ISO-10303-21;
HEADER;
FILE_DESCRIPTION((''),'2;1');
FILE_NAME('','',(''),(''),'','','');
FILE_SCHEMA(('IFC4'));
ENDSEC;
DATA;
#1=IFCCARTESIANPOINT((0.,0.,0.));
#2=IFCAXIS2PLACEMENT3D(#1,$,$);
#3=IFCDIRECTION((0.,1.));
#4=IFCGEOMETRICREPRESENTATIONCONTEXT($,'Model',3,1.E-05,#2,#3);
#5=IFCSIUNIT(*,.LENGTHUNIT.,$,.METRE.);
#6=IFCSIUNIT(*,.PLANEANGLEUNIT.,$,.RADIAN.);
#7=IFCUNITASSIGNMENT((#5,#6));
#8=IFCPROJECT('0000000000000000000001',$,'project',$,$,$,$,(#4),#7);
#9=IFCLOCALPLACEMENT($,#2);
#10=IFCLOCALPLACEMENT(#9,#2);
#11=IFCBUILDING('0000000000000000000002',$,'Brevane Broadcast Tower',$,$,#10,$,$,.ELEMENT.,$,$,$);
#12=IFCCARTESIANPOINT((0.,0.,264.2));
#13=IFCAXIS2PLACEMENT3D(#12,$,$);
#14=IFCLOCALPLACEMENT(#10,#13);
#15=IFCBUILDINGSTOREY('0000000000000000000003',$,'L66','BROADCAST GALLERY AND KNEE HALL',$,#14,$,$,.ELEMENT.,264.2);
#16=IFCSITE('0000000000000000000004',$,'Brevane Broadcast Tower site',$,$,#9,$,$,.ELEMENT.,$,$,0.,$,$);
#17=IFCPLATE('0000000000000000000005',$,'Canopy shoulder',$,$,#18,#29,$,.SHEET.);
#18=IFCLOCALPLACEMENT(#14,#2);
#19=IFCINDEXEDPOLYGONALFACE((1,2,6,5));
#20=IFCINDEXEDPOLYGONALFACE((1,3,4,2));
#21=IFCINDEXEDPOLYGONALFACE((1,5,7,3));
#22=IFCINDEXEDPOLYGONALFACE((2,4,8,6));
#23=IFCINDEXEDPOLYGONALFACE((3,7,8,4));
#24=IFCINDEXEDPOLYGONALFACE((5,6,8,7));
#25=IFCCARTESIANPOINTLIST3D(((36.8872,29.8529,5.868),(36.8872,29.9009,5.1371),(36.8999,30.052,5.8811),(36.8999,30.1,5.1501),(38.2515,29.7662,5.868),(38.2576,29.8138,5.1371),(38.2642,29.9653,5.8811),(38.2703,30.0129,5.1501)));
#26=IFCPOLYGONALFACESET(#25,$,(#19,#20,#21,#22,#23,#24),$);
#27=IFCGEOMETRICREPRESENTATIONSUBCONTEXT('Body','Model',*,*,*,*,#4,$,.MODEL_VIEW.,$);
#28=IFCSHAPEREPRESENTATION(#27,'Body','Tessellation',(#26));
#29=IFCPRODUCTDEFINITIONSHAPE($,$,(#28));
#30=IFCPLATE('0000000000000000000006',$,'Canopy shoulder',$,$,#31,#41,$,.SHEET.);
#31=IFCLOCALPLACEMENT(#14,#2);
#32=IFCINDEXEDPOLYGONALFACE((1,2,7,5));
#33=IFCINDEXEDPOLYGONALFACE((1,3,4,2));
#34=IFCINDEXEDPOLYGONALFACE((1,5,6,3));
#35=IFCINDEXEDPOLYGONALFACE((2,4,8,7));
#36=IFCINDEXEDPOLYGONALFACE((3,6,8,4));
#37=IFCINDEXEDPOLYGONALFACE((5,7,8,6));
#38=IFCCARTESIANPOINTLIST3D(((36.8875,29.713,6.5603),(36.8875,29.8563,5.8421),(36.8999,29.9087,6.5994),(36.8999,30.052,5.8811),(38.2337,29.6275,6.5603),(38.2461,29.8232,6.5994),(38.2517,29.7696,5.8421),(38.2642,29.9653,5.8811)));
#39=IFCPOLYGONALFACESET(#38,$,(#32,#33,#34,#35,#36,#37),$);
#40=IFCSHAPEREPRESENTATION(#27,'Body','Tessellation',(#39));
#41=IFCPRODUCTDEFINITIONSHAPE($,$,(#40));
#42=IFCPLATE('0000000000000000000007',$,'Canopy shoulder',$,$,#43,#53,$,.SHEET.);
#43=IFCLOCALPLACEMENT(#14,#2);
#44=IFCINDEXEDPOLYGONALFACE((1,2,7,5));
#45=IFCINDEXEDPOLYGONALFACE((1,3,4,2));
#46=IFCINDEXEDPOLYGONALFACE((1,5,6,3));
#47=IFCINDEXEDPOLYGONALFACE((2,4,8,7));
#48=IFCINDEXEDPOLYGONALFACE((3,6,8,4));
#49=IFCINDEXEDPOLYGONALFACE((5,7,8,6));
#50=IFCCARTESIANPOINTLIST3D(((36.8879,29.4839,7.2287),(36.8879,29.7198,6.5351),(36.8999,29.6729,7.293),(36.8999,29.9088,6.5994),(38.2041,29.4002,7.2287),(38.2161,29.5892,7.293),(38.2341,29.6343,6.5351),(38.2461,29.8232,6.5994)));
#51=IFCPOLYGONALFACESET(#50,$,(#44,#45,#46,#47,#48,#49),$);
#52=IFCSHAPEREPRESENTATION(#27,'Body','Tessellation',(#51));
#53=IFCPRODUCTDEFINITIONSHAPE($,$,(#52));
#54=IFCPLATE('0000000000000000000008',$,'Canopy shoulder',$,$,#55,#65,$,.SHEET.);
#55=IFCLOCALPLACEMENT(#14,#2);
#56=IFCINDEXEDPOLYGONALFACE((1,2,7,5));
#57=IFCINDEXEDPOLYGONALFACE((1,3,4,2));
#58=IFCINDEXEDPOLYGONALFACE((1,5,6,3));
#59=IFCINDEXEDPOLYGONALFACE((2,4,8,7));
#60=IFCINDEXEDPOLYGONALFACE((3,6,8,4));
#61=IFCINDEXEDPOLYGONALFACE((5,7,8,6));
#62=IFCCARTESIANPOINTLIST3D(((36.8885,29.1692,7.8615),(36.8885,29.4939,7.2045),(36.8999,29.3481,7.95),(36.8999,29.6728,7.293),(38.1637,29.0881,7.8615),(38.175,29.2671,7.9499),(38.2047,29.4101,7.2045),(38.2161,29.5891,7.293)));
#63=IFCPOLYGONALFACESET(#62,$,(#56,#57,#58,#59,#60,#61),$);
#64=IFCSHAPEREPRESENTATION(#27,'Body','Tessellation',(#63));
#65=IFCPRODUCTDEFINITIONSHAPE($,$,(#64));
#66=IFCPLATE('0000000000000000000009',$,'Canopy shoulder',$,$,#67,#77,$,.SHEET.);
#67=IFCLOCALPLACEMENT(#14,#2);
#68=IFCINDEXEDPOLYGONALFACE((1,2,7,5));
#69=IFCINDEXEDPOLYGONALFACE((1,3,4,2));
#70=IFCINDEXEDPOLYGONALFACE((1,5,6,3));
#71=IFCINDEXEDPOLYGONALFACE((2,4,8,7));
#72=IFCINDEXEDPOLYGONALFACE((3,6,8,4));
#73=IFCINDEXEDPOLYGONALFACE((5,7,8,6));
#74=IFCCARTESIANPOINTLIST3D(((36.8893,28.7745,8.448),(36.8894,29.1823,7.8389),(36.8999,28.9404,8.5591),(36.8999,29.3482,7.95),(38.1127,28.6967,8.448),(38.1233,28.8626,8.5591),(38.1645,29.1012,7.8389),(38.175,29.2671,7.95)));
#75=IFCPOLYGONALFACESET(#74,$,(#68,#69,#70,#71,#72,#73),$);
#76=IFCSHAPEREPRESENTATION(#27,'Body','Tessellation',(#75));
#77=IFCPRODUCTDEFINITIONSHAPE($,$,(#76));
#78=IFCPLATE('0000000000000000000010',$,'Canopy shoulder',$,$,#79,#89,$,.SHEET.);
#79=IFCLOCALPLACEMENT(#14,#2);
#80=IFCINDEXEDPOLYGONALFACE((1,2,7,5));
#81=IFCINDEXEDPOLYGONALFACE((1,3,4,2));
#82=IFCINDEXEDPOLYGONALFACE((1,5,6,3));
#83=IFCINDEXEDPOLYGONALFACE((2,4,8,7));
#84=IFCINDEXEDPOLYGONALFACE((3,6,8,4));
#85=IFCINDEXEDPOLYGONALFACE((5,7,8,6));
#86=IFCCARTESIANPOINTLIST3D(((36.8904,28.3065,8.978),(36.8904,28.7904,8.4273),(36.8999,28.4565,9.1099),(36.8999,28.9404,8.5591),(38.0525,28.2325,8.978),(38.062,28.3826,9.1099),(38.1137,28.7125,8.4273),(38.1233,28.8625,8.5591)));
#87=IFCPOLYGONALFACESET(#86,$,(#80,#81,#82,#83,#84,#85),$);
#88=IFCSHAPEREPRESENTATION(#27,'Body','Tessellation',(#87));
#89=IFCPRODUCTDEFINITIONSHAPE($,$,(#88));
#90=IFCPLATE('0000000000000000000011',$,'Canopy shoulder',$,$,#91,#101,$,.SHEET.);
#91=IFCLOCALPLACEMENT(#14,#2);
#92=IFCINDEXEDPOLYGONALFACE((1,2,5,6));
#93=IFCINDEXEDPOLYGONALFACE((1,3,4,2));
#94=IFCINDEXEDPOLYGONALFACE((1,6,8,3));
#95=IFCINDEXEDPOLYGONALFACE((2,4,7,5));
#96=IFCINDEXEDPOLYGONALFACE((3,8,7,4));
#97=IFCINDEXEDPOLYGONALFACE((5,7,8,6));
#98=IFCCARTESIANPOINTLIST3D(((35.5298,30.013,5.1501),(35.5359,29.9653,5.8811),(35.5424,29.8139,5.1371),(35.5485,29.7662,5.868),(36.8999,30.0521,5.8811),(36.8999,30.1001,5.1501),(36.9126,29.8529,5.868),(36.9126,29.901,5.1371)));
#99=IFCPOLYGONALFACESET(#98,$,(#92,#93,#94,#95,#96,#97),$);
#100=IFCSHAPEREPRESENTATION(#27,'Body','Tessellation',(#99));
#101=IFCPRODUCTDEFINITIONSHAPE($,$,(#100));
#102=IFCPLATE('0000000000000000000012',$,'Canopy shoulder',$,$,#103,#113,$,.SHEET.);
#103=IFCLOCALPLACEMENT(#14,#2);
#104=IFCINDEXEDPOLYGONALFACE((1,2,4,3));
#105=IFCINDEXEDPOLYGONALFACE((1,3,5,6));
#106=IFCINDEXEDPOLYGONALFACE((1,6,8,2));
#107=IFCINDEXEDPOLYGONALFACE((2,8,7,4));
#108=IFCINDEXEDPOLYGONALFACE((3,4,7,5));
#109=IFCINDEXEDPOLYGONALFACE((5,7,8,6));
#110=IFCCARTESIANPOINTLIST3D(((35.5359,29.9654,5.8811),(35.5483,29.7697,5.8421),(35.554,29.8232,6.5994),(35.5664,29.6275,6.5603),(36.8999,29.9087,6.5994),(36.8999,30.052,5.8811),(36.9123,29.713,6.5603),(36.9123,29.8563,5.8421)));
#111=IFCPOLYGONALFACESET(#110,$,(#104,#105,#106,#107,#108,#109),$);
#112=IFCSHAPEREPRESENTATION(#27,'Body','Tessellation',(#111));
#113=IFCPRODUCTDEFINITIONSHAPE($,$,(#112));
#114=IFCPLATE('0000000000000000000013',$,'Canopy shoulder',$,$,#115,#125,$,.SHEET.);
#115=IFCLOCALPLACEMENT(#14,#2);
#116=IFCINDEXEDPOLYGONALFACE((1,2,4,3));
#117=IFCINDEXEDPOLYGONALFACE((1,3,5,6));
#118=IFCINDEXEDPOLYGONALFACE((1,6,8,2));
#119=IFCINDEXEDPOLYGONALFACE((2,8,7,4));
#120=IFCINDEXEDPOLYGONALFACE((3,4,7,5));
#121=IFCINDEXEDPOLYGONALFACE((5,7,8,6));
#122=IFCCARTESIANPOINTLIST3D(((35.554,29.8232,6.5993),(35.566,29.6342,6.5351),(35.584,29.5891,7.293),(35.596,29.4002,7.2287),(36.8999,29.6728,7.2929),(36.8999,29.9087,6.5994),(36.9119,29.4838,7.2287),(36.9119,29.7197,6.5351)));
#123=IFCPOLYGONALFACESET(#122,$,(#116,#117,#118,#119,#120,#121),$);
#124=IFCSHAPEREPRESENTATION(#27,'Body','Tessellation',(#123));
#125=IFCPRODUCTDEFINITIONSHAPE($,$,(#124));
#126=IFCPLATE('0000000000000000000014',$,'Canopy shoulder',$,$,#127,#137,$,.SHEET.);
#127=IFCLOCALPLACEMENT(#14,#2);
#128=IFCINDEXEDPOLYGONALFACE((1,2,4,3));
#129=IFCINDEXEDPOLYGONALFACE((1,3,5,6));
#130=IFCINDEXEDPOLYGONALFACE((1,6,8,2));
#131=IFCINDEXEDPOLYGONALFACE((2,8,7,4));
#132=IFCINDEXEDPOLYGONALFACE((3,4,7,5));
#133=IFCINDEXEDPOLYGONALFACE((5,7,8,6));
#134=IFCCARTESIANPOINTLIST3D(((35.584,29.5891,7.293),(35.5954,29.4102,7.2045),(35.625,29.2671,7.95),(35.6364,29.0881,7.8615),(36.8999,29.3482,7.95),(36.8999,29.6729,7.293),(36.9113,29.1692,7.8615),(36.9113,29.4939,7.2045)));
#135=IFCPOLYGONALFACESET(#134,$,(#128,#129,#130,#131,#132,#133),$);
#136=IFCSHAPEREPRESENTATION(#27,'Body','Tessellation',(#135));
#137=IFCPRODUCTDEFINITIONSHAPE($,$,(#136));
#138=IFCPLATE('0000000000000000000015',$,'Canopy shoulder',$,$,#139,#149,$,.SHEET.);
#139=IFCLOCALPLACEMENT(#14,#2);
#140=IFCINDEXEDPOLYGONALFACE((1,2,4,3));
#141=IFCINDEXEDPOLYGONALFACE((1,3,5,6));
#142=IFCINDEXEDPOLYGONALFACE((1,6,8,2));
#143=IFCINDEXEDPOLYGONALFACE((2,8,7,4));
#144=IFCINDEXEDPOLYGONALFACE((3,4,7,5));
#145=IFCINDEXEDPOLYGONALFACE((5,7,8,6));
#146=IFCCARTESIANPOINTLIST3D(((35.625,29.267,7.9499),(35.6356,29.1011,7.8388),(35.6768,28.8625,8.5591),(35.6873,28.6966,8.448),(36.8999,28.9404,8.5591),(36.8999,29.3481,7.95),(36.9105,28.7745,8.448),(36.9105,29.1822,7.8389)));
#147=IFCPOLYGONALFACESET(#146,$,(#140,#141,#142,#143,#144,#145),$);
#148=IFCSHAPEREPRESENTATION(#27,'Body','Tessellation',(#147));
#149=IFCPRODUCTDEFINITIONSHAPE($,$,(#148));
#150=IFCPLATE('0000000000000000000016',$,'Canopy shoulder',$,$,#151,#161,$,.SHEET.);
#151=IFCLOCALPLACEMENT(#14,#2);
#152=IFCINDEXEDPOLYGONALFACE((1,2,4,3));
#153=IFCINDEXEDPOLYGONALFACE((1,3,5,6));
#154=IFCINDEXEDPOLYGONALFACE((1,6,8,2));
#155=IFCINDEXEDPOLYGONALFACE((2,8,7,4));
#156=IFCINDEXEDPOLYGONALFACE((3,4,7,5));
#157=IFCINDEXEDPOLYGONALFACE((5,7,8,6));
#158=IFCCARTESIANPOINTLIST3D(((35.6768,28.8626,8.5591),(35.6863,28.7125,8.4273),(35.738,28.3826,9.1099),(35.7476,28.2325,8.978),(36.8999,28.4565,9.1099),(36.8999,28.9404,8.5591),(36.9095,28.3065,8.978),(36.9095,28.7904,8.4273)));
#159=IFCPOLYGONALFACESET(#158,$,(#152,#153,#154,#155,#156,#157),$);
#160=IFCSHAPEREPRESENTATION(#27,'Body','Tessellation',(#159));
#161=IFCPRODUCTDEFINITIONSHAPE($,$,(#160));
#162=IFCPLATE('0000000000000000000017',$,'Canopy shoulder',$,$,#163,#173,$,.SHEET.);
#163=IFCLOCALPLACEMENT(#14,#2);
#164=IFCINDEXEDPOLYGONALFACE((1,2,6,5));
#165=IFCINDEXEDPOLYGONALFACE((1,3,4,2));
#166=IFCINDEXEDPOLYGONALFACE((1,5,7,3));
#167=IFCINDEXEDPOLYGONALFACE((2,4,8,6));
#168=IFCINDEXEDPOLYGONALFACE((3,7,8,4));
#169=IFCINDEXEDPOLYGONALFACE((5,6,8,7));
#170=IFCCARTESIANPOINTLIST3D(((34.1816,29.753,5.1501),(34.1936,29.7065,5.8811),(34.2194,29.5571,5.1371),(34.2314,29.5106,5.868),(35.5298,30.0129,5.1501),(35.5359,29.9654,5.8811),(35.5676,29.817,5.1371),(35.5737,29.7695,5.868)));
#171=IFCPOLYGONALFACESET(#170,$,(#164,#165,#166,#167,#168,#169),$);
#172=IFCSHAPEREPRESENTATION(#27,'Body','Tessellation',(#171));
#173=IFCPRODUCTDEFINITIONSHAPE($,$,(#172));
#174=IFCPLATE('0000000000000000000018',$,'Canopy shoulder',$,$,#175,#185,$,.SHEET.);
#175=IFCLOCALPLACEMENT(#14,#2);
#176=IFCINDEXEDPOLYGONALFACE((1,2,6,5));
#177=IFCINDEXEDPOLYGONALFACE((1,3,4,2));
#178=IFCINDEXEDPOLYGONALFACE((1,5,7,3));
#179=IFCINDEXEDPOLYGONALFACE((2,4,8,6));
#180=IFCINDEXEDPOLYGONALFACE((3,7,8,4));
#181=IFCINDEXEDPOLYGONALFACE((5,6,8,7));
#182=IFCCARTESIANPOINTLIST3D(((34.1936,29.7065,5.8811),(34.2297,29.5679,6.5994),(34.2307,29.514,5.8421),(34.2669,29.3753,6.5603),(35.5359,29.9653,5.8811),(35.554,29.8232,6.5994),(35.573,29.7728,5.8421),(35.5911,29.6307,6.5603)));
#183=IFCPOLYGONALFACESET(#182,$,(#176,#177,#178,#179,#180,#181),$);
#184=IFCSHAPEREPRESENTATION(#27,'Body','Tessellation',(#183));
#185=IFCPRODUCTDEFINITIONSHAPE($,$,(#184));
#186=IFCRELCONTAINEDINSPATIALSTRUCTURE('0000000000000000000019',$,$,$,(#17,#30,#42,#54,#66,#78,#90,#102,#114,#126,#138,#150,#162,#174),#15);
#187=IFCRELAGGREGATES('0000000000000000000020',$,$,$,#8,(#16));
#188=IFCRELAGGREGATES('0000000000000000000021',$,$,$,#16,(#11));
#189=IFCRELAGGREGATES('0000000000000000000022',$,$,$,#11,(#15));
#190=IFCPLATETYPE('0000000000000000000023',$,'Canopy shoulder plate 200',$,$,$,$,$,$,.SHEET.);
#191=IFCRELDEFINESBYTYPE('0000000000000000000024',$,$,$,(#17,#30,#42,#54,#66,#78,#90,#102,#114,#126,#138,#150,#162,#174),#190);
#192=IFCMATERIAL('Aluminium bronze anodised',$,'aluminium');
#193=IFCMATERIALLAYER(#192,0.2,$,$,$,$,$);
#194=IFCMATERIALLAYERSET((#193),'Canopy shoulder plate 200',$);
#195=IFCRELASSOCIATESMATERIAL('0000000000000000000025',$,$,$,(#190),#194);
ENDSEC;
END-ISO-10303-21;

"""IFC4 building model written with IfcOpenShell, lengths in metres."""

from ifc_helpers import new_model, si_unit, direction, frame, origin, place, context, subcontext, project, spatial, polyline, outline, extrude, material, layer, layer_set, type_object, element, save


model = new_model("IFC4")

# Units and contexts
model_context = context("Model", 3, precision=1e-05, world=origin(), true_north=direction((0.0, 1.0)))
body_context = subcontext(model_context, "Body", "Model", "MODEL_VIEW")
ifc_project = project(units=[si_unit("LENGTHUNIT", "METRE"), si_unit("PLANEANGLEUNIT", "RADIAN")], contexts=[model_context])

# Site, building, storey
site_placement = place(None, origin())
site = spatial("IfcSite", under=ifc_project, at=site_placement, Name="Brevane Broadcast Tower site", CompositionType="ELEMENT", RefElevation=0.0)
building_placement = place(site_placement, origin())
building = spatial("IfcBuilding", under=site, at=building_placement, Name="Brevane Broadcast Tower", CompositionType="ELEMENT")
storey_placement = place(building_placement, frame((0.0, 0.0, 264.2)))
storey = spatial("IfcBuildingStorey", under=building, at=storey_placement, Name="L66", Description="BROADCAST GALLERY AND KNEE HALL", CompositionType="ELEMENT", Elevation=264.2)

# Plates
ifc_material_1 = material(Name="Aluminium bronze anodised", Category="aluminium")
ifc_layer_1 = layer(ifc_material_1, 0.2)
ifc_layer_set_1 = layer_set([ifc_layer_1], Name="Canopy shoulder plate 200")
plate_type = type_object("IfcPlateType", Name="Canopy shoulder plate 200", PredefinedType="SHEET", material=ifc_layer_set_1)
plate_1_placement = place(storey_placement, frame((38.2703, 30.0129, 5.1501), z_axis=(0.063302, 0.995846, 0.065457), x_axis=(-0.997986, 0.063438, -0.000002)))
element("IfcPlate", 1, at=plate_1_placement, inside=storey, type_object=plate_type, Name="Canopy shoulder", PredefinedType="SHEET", context=body_context, shape_type="SweptSolid", body=[
    extrude(outline(polyline([(0.0, 0.0), (1.3731, 0.0), (1.3701, 0.7325), (0.0031, 0.7325), (0.0, 0.0)])), origin(), (0.0, 0.0, -1.0), 0.2),
])
plate_2_placement = place(storey_placement, frame((38.2642, 29.9653, 5.8811), z_axis=(0.062155, 0.978784, 0.195241), x_axis=(-0.99799, 0.063375, -0.000005)))
element("IfcPlate", 2, at=plate_2_placement, inside=storey, type_object=plate_type, Name="Canopy shoulder", PredefinedType="SHEET", context=body_context, shape_type="SweptSolid", body=[
    extrude(outline(polyline([(0.0, 0.0), (1.367, 0.0), (1.3579, 0.7324), (0.009, 0.7323), (0.0, 0.0)])), origin(), (0.0, 0.0, -1.0), 0.2),
])
plate_3_placement = place(storey_placement, frame((38.2461, 29.8232, 6.5994), z_axis=(0.060055, 0.945016, 0.321461), x_axis=(-0.997987, 0.063413, 0.000022)))
element("IfcPlate", 3, at=plate_3_placement, inside=storey, type_object=plate_type, Name="Canopy shoulder", PredefinedType="SHEET", context=body_context, shape_type="SweptSolid", body=[
    extrude(outline(polyline([(0.0, 0.0), (1.3489, 0.0), (1.334, 0.7325), (0.0151, 0.7325), (0.0, 0.0)])), origin(), (0.0, 0.0, -1.0), 0.2),
])
plate_4_placement = place(storey_placement, frame((38.2161, 29.5891, 7.293), z_axis=(0.056921, 0.895051, 0.442317), x_axis=(-0.997984, 0.063473, -0.000012)))
element("IfcPlate", 4, at=plate_4_placement, inside=storey, type_object=plate_type, Name="Canopy shoulder", PredefinedType="SHEET", context=body_context, shape_type="SweptSolid", body=[
    extrude(outline(polyline([(0.0, 0.0), (1.3188, 0.0), (1.2982, 0.7326), (0.0205, 0.7325), (0.0, 0.0)])), origin(), (0.0, 0.0, -1.0), 0.2),
])
plate_5_placement = place(storey_placement, frame((38.175, 29.2671, 7.95), z_axis=(0.052787, 0.829828, 0.555517), x_axis=(-0.997984, 0.063469, 0.000021)))
element("IfcPlate", 5, at=plate_5_placement, inside=storey, type_object=plate_type, Name="Canopy shoulder", PredefinedType="SHEET", context=body_context, shape_type="SweptSolid", body=[
    extrude(outline(polyline([(0.0, 0.0), (1.2777, 0.0), (1.2519, 0.7325), (0.026, 0.7326), (0.0, 0.0)])), origin(), (0.0, 0.0, -1.0), 0.2),
])
plate_6_placement = place(storey_placement, frame((38.1233, 28.8625, 8.5591), z_axis=(0.047769, 0.750399, 0.659257), x_axis=(-0.99798, 0.06353, -0.000001)))
element("IfcPlate", 6, at=plate_6_placement, inside=storey, type_object=plate_type, Name="Canopy shoulder", PredefinedType="SHEET", context=body_context, shape_type="SweptSolid", body=[
    extrude(outline(polyline([(0.0, 0.0), (1.2259, 0.0), (1.1951, 0.7325), (0.0307, 0.7325), (0.0, 0.0)])), origin(), (0.0, 0.0, -1.0), 0.2),
])
plate_7_placement = place(storey_placement, frame((36.8999, 30.1001, 5.1501), z_axis=(-0.063313, 0.995845, 0.065457), x_axis=(-0.997985, -0.063449, 0.000002)))
element("IfcPlate", 7, at=plate_7_placement, inside=storey, type_object=plate_type, Name="Canopy shoulder", PredefinedType="SHEET", context=body_context, shape_type="SweptSolid", body=[
    extrude(outline(polyline([(0.0, 0.0), (1.3729, 0.0), (1.3698, 0.7325), (0.0031, 0.7325), (0.0, 0.0)])), origin(), (0.0, 0.0, -1.0), 0.2),
])
plate_8_placement = place(storey_placement, frame((36.8999, 30.052, 5.8811), z_axis=(-0.062166, 0.978783, 0.195241), x_axis=(-0.997989, -0.063387, 0.000005)))
element("IfcPlate", 8, at=plate_8_placement, inside=storey, type_object=plate_type, Name="Canopy shoulder", PredefinedType="SHEET", context=body_context, shape_type="SweptSolid", body=[
    extrude(outline(polyline([(0.0, 0.0), (1.3668, 0.0), (1.3577, 0.7323), (0.0091, 0.7324), (0.0, 0.0)])), origin(), (0.0, 0.0, -1.0), 0.2),
])
plate_9_placement = place(storey_placement, frame((36.8999, 29.9087, 6.5994), z_axis=(-0.060066, 0.945016, 0.321461), x_axis=(-0.997987, -0.063425, -0.000022)))
element("IfcPlate", 9, at=plate_9_placement, inside=storey, type_object=plate_type, Name="Canopy shoulder", PredefinedType="SHEET", context=body_context, shape_type="SweptSolid", body=[
    extrude(outline(polyline([(0.0, 0.0), (1.3487, 0.0), (1.3335, 0.7325), (0.0149, 0.7324), (0.0, 0.0)])), origin(), (0.0, 0.0, -1.0), 0.2),
])
plate_10_placement = place(storey_placement, frame((36.8999, 29.6729, 7.293), z_axis=(-0.056932, 0.89505, 0.442317), x_axis=(-0.997983, -0.063485, 0.000012)))
element("IfcPlate", 10, at=plate_10_placement, inside=storey, type_object=plate_type, Name="Canopy shoulder", PredefinedType="SHEET", context=body_context, shape_type="SweptSolid", body=[
    extrude(outline(polyline([(0.0, 0.0), (1.3186, 0.0), (1.2981, 0.7325), (0.0206, 0.7326), (0.0, 0.0)])), origin(), (0.0, 0.0, -1.0), 0.2),
])
plate_11_placement = place(storey_placement, frame((36.8999, 29.3481, 7.95), z_axis=(-0.052797, 0.829827, 0.555517), x_axis=(-0.997983, -0.063481, -0.000022)))
element("IfcPlate", 11, at=plate_11_placement, inside=storey, type_object=plate_type, Name="Canopy shoulder", PredefinedType="SHEET", context=body_context, shape_type="SweptSolid", body=[
    extrude(outline(polyline([(0.0, 0.0), (1.2775, 0.0), (1.2515, 0.7326), (0.0259, 0.7325), (0.0, 0.0)])), origin(), (0.0, 0.0, -1.0), 0.2),
])
plate_12_placement = place(storey_placement, frame((36.8999, 28.9404, 8.5591), z_axis=(-0.047778, 0.750399, 0.659257), x_axis=(-0.997979, -0.063543, 0.000001)))
element("IfcPlate", 12, at=plate_12_placement, inside=storey, type_object=plate_type, Name="Canopy shoulder", PredefinedType="SHEET", context=body_context, shape_type="SweptSolid", body=[
    extrude(outline(polyline([(0.0, 0.0), (1.2256, 0.0), (1.195, 0.7325), (0.0307, 0.7325), (0.0, 0.0)])), origin(), (0.0, 0.0, -1.0), 0.2),
])
plate_13_placement = place(storey_placement, frame((35.5298, 30.0129, 5.1501), z_axis=(-0.188939, 0.979813, 0.065332), x_axis=(-0.981911, -0.189343, 0.000002)))
element("IfcPlate", 13, at=plate_13_placement, inside=storey, type_object=plate_type, Name="Canopy shoulder", PredefinedType="SHEET", context=body_context, shape_type="SweptSolid", body=[
    extrude(outline(polyline([(0.0, 0.0), (1.373, 0.0), (1.37, 0.7325), (0.003, 0.7325), (0.0, 0.0)])), origin(), (0.0, 0.0, -1.0), 0.2),
])
plate_14_placement = place(storey_placement, frame((35.5359, 29.9653, 5.8811), z_axis=(-0.185691, 0.963019, 0.195224), x_axis=(-0.981913, -0.189333, -0.000005)))
element("IfcPlate", 14, at=plate_14_placement, inside=storey, type_object=plate_type, Name="Canopy shoulder", PredefinedType="SHEET", context=body_context, shape_type="SweptSolid", body=[
    extrude(outline(polyline([(0.0, 0.0), (1.367, 0.0), (1.3578, 0.7324), (0.0092, 0.7323), (0.0, 0.0)])), origin(), (0.0, 0.0, -1.0), 0.2),
])

save(model, "model.ifc")
